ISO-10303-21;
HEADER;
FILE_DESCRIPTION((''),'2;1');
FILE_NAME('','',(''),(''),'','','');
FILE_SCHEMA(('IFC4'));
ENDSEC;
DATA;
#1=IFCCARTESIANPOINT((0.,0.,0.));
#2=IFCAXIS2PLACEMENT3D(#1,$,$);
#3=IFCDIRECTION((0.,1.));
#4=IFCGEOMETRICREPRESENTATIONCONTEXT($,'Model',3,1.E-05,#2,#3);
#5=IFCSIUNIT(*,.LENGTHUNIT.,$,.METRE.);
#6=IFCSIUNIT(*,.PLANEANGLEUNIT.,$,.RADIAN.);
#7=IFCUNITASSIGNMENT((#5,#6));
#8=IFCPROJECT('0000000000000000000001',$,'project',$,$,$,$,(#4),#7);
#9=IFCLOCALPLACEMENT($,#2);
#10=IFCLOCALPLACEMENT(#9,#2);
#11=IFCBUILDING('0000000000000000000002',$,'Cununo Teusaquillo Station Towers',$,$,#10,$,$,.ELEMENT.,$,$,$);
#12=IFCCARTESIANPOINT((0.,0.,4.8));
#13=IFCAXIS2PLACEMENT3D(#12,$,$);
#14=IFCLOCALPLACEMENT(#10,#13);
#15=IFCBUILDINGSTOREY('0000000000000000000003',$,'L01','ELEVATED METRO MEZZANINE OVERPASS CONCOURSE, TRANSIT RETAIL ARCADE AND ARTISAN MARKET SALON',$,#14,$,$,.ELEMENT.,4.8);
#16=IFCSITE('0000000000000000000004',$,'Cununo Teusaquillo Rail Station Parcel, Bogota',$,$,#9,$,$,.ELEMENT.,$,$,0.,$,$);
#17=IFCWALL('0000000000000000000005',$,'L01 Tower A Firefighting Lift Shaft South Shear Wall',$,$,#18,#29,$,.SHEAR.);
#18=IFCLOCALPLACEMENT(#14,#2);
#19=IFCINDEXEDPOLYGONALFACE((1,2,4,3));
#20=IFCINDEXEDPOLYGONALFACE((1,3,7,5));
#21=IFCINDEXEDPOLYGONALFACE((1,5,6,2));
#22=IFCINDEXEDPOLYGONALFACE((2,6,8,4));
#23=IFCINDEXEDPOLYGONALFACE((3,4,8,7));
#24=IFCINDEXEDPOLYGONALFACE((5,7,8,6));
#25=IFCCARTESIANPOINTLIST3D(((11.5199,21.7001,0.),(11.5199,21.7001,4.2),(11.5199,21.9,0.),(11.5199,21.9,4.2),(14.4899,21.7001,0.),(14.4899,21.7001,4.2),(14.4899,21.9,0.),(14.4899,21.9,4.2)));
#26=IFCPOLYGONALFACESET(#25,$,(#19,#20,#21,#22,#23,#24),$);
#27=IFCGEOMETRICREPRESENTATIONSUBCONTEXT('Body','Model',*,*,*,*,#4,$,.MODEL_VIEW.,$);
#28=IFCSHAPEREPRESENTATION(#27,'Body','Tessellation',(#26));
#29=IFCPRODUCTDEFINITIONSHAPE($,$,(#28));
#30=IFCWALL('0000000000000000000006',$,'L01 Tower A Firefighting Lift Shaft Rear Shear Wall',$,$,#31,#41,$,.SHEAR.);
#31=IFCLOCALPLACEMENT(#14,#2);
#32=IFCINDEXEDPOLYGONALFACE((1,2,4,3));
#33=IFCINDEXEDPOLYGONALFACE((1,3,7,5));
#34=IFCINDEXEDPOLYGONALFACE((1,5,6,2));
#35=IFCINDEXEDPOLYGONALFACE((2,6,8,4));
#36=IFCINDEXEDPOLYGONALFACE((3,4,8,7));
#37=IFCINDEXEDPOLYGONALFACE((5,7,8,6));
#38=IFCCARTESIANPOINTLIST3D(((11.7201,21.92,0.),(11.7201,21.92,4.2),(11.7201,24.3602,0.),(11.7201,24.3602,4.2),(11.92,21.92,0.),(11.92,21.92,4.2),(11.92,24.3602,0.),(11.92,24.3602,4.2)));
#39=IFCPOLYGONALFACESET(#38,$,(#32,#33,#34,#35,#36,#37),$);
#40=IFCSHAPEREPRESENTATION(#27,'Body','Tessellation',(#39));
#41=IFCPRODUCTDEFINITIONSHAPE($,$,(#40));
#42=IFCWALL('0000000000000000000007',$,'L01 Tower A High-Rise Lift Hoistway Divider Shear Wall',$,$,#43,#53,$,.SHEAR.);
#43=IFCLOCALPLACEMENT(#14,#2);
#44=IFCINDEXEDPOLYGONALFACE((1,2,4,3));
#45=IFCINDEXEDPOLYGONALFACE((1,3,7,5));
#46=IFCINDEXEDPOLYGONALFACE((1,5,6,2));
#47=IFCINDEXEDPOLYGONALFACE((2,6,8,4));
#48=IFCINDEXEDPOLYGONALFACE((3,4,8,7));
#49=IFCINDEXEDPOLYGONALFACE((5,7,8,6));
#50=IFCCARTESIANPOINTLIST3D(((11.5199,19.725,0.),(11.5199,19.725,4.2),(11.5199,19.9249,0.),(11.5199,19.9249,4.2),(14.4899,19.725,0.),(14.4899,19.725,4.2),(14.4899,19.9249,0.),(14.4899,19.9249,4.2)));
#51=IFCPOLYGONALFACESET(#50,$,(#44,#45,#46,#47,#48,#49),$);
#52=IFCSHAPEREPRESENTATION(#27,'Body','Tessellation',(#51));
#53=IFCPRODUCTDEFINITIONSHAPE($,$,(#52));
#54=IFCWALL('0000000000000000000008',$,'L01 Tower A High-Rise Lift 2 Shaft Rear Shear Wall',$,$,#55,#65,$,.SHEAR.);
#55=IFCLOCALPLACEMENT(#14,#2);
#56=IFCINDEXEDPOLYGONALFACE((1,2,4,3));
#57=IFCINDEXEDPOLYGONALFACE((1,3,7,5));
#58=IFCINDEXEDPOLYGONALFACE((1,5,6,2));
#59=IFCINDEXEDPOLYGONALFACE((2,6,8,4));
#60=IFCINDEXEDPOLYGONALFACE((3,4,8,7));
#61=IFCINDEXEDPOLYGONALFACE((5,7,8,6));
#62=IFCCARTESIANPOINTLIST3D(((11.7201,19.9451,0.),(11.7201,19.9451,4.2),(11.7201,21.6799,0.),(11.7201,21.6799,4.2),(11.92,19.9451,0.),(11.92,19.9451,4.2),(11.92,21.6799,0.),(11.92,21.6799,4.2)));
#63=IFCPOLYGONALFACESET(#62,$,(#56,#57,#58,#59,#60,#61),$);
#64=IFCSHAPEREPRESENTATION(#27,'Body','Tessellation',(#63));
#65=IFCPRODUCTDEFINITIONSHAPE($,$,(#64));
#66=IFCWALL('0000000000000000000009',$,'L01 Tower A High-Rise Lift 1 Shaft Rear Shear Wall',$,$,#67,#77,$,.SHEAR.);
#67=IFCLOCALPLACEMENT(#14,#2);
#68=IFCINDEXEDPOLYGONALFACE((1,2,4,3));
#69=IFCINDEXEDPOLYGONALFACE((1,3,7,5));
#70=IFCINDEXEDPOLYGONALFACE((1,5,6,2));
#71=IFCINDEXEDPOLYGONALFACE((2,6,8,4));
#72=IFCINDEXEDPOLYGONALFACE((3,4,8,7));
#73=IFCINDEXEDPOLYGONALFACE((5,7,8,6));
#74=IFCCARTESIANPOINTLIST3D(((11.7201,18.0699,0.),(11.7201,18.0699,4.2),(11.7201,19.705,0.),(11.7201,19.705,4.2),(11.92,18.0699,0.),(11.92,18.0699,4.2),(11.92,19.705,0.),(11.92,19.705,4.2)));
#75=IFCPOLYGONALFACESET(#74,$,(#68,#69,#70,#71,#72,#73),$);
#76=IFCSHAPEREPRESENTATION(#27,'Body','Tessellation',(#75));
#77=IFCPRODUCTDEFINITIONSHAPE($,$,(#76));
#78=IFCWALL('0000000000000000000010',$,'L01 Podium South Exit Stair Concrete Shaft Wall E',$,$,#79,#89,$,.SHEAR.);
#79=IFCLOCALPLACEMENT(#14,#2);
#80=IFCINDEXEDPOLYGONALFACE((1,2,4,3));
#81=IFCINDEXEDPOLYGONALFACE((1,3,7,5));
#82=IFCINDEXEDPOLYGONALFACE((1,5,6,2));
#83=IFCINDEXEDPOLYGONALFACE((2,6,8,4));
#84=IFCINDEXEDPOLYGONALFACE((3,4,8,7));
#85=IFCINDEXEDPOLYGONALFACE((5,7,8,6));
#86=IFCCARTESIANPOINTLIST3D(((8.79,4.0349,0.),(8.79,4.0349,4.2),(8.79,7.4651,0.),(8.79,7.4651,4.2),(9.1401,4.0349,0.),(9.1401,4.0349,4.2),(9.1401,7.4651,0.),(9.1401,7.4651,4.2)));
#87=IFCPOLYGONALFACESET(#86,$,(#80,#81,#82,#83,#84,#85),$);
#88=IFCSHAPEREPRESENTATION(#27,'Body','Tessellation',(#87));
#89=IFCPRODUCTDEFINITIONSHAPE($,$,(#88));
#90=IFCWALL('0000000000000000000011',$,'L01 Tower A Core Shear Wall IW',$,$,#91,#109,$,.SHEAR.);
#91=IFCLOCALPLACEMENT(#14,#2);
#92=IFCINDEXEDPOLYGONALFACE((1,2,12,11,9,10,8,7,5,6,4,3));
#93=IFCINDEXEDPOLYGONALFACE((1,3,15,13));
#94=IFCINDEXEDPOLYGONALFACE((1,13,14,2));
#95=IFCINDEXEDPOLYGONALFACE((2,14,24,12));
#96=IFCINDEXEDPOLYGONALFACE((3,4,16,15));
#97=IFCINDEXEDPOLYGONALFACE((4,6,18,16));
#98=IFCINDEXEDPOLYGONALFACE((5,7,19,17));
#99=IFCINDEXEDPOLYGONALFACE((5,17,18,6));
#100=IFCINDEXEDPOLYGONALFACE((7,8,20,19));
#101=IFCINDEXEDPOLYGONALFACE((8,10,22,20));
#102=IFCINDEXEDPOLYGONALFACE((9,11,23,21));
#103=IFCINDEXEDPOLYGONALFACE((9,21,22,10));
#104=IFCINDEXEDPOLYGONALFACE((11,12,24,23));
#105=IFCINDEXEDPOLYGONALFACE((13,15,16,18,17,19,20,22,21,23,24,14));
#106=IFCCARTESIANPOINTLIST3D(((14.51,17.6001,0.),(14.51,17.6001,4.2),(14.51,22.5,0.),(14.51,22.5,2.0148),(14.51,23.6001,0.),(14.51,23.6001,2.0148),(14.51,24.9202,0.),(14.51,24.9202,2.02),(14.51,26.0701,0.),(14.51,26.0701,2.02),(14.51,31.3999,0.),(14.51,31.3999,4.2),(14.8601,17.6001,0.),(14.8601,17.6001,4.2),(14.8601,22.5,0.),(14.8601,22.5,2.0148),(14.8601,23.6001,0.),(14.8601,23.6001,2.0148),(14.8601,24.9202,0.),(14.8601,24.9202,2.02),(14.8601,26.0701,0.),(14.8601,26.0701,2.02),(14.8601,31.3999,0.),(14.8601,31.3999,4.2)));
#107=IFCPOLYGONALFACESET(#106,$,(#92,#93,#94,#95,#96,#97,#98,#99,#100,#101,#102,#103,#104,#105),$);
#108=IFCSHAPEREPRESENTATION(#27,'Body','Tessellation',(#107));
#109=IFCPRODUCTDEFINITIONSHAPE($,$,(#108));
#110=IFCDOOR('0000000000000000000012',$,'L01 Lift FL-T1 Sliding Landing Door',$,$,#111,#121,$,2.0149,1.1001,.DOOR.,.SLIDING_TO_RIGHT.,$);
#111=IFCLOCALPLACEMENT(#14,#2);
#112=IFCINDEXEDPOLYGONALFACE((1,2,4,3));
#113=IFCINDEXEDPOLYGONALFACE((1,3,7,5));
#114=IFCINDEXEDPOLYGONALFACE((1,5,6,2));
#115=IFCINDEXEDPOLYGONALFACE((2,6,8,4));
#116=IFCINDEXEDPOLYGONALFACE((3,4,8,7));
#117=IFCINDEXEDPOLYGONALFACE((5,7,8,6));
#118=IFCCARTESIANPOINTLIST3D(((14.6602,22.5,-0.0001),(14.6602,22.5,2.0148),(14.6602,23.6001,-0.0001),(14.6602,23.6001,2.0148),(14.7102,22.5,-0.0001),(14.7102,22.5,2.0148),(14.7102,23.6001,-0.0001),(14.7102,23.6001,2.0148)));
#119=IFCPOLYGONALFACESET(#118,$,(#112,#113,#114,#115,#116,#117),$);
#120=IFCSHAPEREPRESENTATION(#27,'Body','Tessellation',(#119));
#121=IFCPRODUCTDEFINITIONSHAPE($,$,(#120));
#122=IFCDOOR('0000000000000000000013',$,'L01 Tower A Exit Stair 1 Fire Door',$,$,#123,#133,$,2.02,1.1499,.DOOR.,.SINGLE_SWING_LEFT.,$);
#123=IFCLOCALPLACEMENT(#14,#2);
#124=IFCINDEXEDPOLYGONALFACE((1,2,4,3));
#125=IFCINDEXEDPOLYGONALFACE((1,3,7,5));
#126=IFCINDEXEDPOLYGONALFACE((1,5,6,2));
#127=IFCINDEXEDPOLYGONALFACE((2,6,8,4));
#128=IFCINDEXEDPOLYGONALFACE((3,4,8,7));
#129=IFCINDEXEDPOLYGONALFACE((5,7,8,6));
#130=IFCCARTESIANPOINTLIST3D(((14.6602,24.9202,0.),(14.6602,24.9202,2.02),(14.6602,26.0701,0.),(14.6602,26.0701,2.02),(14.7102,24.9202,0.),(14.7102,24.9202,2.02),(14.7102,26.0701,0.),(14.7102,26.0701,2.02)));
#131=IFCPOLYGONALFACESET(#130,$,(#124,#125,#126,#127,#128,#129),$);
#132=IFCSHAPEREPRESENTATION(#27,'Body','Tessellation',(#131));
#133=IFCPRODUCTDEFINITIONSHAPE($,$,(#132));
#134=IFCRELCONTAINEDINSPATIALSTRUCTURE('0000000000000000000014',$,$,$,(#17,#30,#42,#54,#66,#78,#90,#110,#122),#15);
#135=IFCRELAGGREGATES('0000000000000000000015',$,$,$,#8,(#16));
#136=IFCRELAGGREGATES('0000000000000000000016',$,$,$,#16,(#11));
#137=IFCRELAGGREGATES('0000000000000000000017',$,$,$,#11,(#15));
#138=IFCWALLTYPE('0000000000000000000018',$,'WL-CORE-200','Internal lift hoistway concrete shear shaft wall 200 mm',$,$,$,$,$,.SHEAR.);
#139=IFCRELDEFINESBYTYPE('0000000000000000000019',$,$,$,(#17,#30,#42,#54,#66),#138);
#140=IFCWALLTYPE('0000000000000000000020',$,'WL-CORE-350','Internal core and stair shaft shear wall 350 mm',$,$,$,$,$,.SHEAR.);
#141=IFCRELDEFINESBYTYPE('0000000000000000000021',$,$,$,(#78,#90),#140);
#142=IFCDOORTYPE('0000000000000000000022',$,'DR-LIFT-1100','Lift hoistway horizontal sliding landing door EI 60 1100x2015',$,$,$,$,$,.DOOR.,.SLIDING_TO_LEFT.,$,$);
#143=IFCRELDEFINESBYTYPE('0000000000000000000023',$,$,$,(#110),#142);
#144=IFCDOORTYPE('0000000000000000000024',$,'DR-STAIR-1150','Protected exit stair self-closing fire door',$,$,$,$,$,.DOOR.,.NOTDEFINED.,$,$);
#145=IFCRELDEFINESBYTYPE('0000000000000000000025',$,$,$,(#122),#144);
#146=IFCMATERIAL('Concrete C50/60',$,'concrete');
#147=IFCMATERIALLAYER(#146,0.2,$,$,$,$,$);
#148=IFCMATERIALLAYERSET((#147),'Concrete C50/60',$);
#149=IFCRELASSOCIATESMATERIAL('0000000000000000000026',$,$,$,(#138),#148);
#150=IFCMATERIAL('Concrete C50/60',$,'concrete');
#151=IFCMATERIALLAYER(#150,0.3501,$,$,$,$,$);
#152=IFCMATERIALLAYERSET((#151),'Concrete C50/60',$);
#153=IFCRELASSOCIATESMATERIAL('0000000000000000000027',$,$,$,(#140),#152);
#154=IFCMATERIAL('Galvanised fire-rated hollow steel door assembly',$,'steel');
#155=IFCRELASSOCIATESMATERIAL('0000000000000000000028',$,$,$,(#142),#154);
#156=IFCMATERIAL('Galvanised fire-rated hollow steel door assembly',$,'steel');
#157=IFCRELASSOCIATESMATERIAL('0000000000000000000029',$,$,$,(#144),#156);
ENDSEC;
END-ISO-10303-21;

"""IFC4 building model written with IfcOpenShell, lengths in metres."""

from ifc_helpers import new_model, si_unit, direction, frame, frame_2d, origin, place, context, subcontext, project, spatial, rectangle, extrude, source, transform, mapped, material, layer, layer_set, type_object, element, fill, save


model = new_model("IFC4")

# Units and contexts
model_context = context("Model", 3, precision=1e-05, world=origin(), true_north=direction((0.0, 1.0)))
body_context = subcontext(model_context, "Body", "Model", "MODEL_VIEW")
ifc_project = project(units=[si_unit("LENGTHUNIT", "METRE"), si_unit("PLANEANGLEUNIT", "RADIAN")], contexts=[model_context])

# Site, building, storey
site_placement = place(None, origin())
site = spatial("IfcSite", under=ifc_project, at=site_placement, Name="Cununo Teusaquillo Rail Station Parcel, Bogota", CompositionType="ELEMENT", RefElevation=0.0)
building_placement = place(site_placement, origin())
building = spatial("IfcBuilding", under=site, at=building_placement, Name="Cununo Teusaquillo Station Towers", CompositionType="ELEMENT")
storey_placement = place(building_placement, frame((0.0, 0.0, 4.8)))
storey = spatial("IfcBuildingStorey", under=building, at=storey_placement, Name="L01", Description="ELEVATED METRO MEZZANINE OVERPASS CONCOURSE, TRANSIT RETAIL ARCADE AND ARTISAN MARKET SALON", CompositionType="ELEMENT", Elevation=4.8)

# Walls
ifc_material_1 = material(Name="Concrete C50/60", Category="concrete")
ifc_layer_1 = layer(ifc_material_1, 0.2)
ifc_layer_set_1 = layer_set([ifc_layer_1], Name="Concrete C50/60")
wall_type_1 = type_object("IfcWallType", Name="WL-CORE-200", Description="Internal lift hoistway concrete shear shaft wall 200 mm", PredefinedType="SHEAR", material=ifc_layer_set_1)
wall_1_placement = place(storey_placement, frame((11.52, 21.8, 0.0), z_axis=(0.0, 0.0, 1.0), x_axis=(1.0, 0.0, 0.0)))
element("IfcWall", 1, at=wall_1_placement, inside=storey, type_object=wall_type_1, Name="L01 Tower A Firefighting Lift Shaft South Shear Wall", PredefinedType="SHEAR", context=body_context, shape_type="SweptSolid", body=[
    extrude(rectangle(XDim=2.97, YDim=0.2, at=frame_2d((1.4849, 0.0))), origin(), (0.0, 0.0, 1.0), 4.2),
])
wall_2_placement = place(storey_placement, frame((11.8201, 21.9199, 0.0), z_axis=(0.0, 0.0, 1.0), x_axis=(0.0, 1.0, 0.0)))
element("IfcWall", 2, at=wall_2_placement, inside=storey, type_object=wall_type_1, Name="L01 Tower A Firefighting Lift Shaft Rear Shear Wall", PredefinedType="SHEAR", context=body_context, shape_type="SweptSolid", body=[
    extrude(rectangle(XDim=2.4402, YDim=0.2, at=frame_2d((1.2202, 0.0))), origin(), (0.0, 0.0, 1.0), 4.2),
])
wall_3_placement = place(storey_placement, frame((11.52, 19.825, 0.0), z_axis=(0.0, 0.0, 1.0), x_axis=(1.0, 0.0, 0.0)))
element("IfcWall", 3, at=wall_3_placement, inside=storey, type_object=wall_type_1, Name="L01 Tower A High-Rise Lift Hoistway Divider Shear Wall", PredefinedType="SHEAR", context=body_context, shape_type="SweptSolid", body=[
    extrude(rectangle(XDim=2.97, YDim=0.2, at=frame_2d((1.4849, 0.0))), origin(), (0.0, 0.0, 1.0), 4.2),
])
wall_4_placement = place(storey_placement, frame((11.8201, 19.9451, 0.0), z_axis=(0.0, 0.0, 1.0), x_axis=(0.0, 1.0, 0.0)))
element("IfcWall", 4, at=wall_4_placement, inside=storey, type_object=wall_type_1, Name="L01 Tower A High-Rise Lift 2 Shaft Rear Shear Wall", PredefinedType="SHEAR", context=body_context, shape_type="SweptSolid", body=[
    extrude(rectangle(XDim=1.7349, YDim=0.2, at=frame_2d((0.8674, 0.0))), origin(), (0.0, 0.0, 1.0), 4.2),
])
wall_5_placement = place(storey_placement, frame((11.8201, 18.0701, 0.0), z_axis=(0.0, 0.0, 1.0), x_axis=(0.0, 1.0, 0.0)))
element("IfcWall", 5, at=wall_5_placement, inside=storey, type_object=wall_type_1, Name="L01 Tower A High-Rise Lift 1 Shaft Rear Shear Wall", PredefinedType="SHEAR", context=body_context, shape_type="SweptSolid", body=[
    extrude(rectangle(XDim=1.635, YDim=0.2, at=frame_2d((0.8174, 0.0))), origin(), (0.0, 0.0, 1.0), 4.2),
])
ifc_material_2 = material(Name="Concrete C50/60", Category="concrete")
ifc_layer_2 = layer(ifc_material_2, 0.3501)
ifc_layer_set_2 = layer_set([ifc_layer_2], Name="Concrete C50/60")
wall_type_2 = type_object("IfcWallType", Name="WL-CORE-350", Description="Internal core and stair shaft shear wall 350 mm", PredefinedType="SHEAR", material=ifc_layer_set_2)
wall_6_placement = place(storey_placement, frame((8.9651, 4.0349, 0.0), z_axis=(0.0, 0.0, 1.0), x_axis=(0.0, 1.0, 0.0)))
element("IfcWall", 6, at=wall_6_placement, inside=storey, type_object=wall_type_2, Name="L01 Podium South Exit Stair Concrete Shaft Wall E", PredefinedType="SHEAR", context=body_context, shape_type="SweptSolid", body=[
    extrude(rectangle(XDim=3.4302, YDim=0.3501, at=frame_2d((1.7151, 0.0))), origin(), (0.0, 0.0, 1.0), 4.2),
])

# Wall, openings, doors
wall_7_placement = place(storey_placement, frame((14.6851, 17.6001, 0.0), z_axis=(0.0, 0.0, 1.0), x_axis=(0.0, 1.0, 0.0)))
wall_7 = element("IfcWall", 7, at=wall_7_placement, inside=storey, type_object=wall_type_2, Name="L01 Tower A Core Shear Wall IW", PredefinedType="SHEAR", context=body_context, shape_type="SweptSolid", body=[
    extrude(rectangle(XDim=13.7998, YDim=0.3501, at=frame_2d((6.8999, 0.0))), origin(), (0.0, 0.0, 1.0), 4.2),
])
shared_shape_1 = source(origin(), body_context, "Body", "SweptSolid", [
    extrude(rectangle(XDim=1.1001, YDim=2.0149, at=frame_2d((0.55, 1.0073))), frame((0.0, 0.1851, 0.0), z_axis=(0.0, -1.0, 0.0), x_axis=(1.0, 0.0, 0.0)), (0.0, 0.0, 1.0), 0.3701),
])
opening_1_placement = place(wall_7_placement, frame((4.8999, 0.0, 0.0)))
opening_1 = element("IfcOpeningElement", 8, at=opening_1_placement, cuts=wall_7, PredefinedType="OPENING", context=body_context, shape_type="MappedRepresentation", body=[
    mapped(shared_shape_1, transform((0.0, 0.0, 0.0), x_axis=(1.0, 0.0, 0.0), y_axis=(0.0, 1.0, 0.0), z_axis=(0.0, 0.0, 1.0), scale=1.0)),
])
shared_shape_2 = source(origin(), body_context, "Body", "SweptSolid", [
    extrude(rectangle(XDim=1.1499, YDim=2.02, at=frame_2d((0.575, 1.01))), frame((0.0, 0.1851, 0.0), z_axis=(0.0, -1.0, 0.0), x_axis=(1.0, 0.0, 0.0)), (0.0, 0.0, 1.0), 0.3701),
])
opening_2_placement = place(wall_7_placement, frame((7.3201, 0.0, 0.0)))
opening_2 = element("IfcOpeningElement", 9, at=opening_2_placement, cuts=wall_7, PredefinedType="OPENING", context=body_context, shape_type="MappedRepresentation", body=[
    mapped(shared_shape_2, transform((0.0, 0.0, 0.0), x_axis=(1.0, 0.0, 0.0), y_axis=(0.0, 1.0, 0.0), z_axis=(0.0, 0.0, 1.0), scale=1.0)),
])
ifc_material_3 = material(Name="Galvanised fire-rated hollow steel door assembly", Category="steel")
door_type_1 = type_object("IfcDoorType", Name="DR-LIFT-1100", Description="Lift hoistway horizontal sliding landing door EI 60 1100x2015", OperationType="SLIDING_TO_LEFT", PredefinedType="DOOR", material=ifc_material_3)
shared_shape_3 = source(origin(), body_context, "Body", "SweptSolid", [
    extrude(rectangle(XDim=1.1001, YDim=2.0149, at=frame_2d((0.55, 1.0073))), frame((0.0, 0.0249, 0.0), z_axis=(0.0, -1.0, 0.0), x_axis=(1.0, 0.0, 0.0)), (0.0, 0.0, 1.0), 0.05),
])
door_1_placement = place(opening_1_placement, origin())
door_1 = element("IfcDoor", 10, at=door_1_placement, inside=storey, type_object=door_type_1, Name="L01 Lift FL-T1 Sliding Landing Door", OperationType="SLIDING_TO_RIGHT", OverallHeight=2.0149, OverallWidth=1.1001, PredefinedType="DOOR", context=body_context, shape_type="MappedRepresentation", body=[
    mapped(shared_shape_3, transform((0.0, 0.0, 0.0), x_axis=(1.0, 0.0, 0.0), y_axis=(0.0, 1.0, 0.0), z_axis=(0.0, 0.0, 1.0), scale=1.0)),
])
fill(opening_1, door_1)
ifc_material_4 = material(Name="Galvanised fire-rated hollow steel door assembly", Category="steel")
door_type_2 = type_object("IfcDoorType", Name="DR-STAIR-1150", Description="Protected exit stair self-closing fire door", OperationType="NOTDEFINED", PredefinedType="DOOR", material=ifc_material_4)
shared_shape_4 = source(origin(), body_context, "Body", "SweptSolid", [
    extrude(rectangle(XDim=1.1499, YDim=2.02, at=frame_2d((0.575, 1.01))), frame((0.0, 0.0249, 0.0), z_axis=(0.0, -1.0, 0.0), x_axis=(1.0, 0.0, 0.0)), (0.0, 0.0, 1.0), 0.05),
])
door_2_placement = place(opening_2_placement, origin())
door_2 = element("IfcDoor", 11, at=door_2_placement, inside=storey, type_object=door_type_2, Name="L01 Tower A Exit Stair 1 Fire Door", OperationType="SINGLE_SWING_LEFT", OverallHeight=2.02, OverallWidth=1.1499, PredefinedType="DOOR", context=body_context, shape_type="MappedRepresentation", body=[
    mapped(shared_shape_4, transform((0.0, 0.0, 0.0), x_axis=(1.0, 0.0, 0.0), y_axis=(0.0, 1.0, 0.0), z_axis=(0.0, 0.0, 1.0), scale=1.0)),
])
fill(opening_2, door_2)

save(model, "model.ifc")
